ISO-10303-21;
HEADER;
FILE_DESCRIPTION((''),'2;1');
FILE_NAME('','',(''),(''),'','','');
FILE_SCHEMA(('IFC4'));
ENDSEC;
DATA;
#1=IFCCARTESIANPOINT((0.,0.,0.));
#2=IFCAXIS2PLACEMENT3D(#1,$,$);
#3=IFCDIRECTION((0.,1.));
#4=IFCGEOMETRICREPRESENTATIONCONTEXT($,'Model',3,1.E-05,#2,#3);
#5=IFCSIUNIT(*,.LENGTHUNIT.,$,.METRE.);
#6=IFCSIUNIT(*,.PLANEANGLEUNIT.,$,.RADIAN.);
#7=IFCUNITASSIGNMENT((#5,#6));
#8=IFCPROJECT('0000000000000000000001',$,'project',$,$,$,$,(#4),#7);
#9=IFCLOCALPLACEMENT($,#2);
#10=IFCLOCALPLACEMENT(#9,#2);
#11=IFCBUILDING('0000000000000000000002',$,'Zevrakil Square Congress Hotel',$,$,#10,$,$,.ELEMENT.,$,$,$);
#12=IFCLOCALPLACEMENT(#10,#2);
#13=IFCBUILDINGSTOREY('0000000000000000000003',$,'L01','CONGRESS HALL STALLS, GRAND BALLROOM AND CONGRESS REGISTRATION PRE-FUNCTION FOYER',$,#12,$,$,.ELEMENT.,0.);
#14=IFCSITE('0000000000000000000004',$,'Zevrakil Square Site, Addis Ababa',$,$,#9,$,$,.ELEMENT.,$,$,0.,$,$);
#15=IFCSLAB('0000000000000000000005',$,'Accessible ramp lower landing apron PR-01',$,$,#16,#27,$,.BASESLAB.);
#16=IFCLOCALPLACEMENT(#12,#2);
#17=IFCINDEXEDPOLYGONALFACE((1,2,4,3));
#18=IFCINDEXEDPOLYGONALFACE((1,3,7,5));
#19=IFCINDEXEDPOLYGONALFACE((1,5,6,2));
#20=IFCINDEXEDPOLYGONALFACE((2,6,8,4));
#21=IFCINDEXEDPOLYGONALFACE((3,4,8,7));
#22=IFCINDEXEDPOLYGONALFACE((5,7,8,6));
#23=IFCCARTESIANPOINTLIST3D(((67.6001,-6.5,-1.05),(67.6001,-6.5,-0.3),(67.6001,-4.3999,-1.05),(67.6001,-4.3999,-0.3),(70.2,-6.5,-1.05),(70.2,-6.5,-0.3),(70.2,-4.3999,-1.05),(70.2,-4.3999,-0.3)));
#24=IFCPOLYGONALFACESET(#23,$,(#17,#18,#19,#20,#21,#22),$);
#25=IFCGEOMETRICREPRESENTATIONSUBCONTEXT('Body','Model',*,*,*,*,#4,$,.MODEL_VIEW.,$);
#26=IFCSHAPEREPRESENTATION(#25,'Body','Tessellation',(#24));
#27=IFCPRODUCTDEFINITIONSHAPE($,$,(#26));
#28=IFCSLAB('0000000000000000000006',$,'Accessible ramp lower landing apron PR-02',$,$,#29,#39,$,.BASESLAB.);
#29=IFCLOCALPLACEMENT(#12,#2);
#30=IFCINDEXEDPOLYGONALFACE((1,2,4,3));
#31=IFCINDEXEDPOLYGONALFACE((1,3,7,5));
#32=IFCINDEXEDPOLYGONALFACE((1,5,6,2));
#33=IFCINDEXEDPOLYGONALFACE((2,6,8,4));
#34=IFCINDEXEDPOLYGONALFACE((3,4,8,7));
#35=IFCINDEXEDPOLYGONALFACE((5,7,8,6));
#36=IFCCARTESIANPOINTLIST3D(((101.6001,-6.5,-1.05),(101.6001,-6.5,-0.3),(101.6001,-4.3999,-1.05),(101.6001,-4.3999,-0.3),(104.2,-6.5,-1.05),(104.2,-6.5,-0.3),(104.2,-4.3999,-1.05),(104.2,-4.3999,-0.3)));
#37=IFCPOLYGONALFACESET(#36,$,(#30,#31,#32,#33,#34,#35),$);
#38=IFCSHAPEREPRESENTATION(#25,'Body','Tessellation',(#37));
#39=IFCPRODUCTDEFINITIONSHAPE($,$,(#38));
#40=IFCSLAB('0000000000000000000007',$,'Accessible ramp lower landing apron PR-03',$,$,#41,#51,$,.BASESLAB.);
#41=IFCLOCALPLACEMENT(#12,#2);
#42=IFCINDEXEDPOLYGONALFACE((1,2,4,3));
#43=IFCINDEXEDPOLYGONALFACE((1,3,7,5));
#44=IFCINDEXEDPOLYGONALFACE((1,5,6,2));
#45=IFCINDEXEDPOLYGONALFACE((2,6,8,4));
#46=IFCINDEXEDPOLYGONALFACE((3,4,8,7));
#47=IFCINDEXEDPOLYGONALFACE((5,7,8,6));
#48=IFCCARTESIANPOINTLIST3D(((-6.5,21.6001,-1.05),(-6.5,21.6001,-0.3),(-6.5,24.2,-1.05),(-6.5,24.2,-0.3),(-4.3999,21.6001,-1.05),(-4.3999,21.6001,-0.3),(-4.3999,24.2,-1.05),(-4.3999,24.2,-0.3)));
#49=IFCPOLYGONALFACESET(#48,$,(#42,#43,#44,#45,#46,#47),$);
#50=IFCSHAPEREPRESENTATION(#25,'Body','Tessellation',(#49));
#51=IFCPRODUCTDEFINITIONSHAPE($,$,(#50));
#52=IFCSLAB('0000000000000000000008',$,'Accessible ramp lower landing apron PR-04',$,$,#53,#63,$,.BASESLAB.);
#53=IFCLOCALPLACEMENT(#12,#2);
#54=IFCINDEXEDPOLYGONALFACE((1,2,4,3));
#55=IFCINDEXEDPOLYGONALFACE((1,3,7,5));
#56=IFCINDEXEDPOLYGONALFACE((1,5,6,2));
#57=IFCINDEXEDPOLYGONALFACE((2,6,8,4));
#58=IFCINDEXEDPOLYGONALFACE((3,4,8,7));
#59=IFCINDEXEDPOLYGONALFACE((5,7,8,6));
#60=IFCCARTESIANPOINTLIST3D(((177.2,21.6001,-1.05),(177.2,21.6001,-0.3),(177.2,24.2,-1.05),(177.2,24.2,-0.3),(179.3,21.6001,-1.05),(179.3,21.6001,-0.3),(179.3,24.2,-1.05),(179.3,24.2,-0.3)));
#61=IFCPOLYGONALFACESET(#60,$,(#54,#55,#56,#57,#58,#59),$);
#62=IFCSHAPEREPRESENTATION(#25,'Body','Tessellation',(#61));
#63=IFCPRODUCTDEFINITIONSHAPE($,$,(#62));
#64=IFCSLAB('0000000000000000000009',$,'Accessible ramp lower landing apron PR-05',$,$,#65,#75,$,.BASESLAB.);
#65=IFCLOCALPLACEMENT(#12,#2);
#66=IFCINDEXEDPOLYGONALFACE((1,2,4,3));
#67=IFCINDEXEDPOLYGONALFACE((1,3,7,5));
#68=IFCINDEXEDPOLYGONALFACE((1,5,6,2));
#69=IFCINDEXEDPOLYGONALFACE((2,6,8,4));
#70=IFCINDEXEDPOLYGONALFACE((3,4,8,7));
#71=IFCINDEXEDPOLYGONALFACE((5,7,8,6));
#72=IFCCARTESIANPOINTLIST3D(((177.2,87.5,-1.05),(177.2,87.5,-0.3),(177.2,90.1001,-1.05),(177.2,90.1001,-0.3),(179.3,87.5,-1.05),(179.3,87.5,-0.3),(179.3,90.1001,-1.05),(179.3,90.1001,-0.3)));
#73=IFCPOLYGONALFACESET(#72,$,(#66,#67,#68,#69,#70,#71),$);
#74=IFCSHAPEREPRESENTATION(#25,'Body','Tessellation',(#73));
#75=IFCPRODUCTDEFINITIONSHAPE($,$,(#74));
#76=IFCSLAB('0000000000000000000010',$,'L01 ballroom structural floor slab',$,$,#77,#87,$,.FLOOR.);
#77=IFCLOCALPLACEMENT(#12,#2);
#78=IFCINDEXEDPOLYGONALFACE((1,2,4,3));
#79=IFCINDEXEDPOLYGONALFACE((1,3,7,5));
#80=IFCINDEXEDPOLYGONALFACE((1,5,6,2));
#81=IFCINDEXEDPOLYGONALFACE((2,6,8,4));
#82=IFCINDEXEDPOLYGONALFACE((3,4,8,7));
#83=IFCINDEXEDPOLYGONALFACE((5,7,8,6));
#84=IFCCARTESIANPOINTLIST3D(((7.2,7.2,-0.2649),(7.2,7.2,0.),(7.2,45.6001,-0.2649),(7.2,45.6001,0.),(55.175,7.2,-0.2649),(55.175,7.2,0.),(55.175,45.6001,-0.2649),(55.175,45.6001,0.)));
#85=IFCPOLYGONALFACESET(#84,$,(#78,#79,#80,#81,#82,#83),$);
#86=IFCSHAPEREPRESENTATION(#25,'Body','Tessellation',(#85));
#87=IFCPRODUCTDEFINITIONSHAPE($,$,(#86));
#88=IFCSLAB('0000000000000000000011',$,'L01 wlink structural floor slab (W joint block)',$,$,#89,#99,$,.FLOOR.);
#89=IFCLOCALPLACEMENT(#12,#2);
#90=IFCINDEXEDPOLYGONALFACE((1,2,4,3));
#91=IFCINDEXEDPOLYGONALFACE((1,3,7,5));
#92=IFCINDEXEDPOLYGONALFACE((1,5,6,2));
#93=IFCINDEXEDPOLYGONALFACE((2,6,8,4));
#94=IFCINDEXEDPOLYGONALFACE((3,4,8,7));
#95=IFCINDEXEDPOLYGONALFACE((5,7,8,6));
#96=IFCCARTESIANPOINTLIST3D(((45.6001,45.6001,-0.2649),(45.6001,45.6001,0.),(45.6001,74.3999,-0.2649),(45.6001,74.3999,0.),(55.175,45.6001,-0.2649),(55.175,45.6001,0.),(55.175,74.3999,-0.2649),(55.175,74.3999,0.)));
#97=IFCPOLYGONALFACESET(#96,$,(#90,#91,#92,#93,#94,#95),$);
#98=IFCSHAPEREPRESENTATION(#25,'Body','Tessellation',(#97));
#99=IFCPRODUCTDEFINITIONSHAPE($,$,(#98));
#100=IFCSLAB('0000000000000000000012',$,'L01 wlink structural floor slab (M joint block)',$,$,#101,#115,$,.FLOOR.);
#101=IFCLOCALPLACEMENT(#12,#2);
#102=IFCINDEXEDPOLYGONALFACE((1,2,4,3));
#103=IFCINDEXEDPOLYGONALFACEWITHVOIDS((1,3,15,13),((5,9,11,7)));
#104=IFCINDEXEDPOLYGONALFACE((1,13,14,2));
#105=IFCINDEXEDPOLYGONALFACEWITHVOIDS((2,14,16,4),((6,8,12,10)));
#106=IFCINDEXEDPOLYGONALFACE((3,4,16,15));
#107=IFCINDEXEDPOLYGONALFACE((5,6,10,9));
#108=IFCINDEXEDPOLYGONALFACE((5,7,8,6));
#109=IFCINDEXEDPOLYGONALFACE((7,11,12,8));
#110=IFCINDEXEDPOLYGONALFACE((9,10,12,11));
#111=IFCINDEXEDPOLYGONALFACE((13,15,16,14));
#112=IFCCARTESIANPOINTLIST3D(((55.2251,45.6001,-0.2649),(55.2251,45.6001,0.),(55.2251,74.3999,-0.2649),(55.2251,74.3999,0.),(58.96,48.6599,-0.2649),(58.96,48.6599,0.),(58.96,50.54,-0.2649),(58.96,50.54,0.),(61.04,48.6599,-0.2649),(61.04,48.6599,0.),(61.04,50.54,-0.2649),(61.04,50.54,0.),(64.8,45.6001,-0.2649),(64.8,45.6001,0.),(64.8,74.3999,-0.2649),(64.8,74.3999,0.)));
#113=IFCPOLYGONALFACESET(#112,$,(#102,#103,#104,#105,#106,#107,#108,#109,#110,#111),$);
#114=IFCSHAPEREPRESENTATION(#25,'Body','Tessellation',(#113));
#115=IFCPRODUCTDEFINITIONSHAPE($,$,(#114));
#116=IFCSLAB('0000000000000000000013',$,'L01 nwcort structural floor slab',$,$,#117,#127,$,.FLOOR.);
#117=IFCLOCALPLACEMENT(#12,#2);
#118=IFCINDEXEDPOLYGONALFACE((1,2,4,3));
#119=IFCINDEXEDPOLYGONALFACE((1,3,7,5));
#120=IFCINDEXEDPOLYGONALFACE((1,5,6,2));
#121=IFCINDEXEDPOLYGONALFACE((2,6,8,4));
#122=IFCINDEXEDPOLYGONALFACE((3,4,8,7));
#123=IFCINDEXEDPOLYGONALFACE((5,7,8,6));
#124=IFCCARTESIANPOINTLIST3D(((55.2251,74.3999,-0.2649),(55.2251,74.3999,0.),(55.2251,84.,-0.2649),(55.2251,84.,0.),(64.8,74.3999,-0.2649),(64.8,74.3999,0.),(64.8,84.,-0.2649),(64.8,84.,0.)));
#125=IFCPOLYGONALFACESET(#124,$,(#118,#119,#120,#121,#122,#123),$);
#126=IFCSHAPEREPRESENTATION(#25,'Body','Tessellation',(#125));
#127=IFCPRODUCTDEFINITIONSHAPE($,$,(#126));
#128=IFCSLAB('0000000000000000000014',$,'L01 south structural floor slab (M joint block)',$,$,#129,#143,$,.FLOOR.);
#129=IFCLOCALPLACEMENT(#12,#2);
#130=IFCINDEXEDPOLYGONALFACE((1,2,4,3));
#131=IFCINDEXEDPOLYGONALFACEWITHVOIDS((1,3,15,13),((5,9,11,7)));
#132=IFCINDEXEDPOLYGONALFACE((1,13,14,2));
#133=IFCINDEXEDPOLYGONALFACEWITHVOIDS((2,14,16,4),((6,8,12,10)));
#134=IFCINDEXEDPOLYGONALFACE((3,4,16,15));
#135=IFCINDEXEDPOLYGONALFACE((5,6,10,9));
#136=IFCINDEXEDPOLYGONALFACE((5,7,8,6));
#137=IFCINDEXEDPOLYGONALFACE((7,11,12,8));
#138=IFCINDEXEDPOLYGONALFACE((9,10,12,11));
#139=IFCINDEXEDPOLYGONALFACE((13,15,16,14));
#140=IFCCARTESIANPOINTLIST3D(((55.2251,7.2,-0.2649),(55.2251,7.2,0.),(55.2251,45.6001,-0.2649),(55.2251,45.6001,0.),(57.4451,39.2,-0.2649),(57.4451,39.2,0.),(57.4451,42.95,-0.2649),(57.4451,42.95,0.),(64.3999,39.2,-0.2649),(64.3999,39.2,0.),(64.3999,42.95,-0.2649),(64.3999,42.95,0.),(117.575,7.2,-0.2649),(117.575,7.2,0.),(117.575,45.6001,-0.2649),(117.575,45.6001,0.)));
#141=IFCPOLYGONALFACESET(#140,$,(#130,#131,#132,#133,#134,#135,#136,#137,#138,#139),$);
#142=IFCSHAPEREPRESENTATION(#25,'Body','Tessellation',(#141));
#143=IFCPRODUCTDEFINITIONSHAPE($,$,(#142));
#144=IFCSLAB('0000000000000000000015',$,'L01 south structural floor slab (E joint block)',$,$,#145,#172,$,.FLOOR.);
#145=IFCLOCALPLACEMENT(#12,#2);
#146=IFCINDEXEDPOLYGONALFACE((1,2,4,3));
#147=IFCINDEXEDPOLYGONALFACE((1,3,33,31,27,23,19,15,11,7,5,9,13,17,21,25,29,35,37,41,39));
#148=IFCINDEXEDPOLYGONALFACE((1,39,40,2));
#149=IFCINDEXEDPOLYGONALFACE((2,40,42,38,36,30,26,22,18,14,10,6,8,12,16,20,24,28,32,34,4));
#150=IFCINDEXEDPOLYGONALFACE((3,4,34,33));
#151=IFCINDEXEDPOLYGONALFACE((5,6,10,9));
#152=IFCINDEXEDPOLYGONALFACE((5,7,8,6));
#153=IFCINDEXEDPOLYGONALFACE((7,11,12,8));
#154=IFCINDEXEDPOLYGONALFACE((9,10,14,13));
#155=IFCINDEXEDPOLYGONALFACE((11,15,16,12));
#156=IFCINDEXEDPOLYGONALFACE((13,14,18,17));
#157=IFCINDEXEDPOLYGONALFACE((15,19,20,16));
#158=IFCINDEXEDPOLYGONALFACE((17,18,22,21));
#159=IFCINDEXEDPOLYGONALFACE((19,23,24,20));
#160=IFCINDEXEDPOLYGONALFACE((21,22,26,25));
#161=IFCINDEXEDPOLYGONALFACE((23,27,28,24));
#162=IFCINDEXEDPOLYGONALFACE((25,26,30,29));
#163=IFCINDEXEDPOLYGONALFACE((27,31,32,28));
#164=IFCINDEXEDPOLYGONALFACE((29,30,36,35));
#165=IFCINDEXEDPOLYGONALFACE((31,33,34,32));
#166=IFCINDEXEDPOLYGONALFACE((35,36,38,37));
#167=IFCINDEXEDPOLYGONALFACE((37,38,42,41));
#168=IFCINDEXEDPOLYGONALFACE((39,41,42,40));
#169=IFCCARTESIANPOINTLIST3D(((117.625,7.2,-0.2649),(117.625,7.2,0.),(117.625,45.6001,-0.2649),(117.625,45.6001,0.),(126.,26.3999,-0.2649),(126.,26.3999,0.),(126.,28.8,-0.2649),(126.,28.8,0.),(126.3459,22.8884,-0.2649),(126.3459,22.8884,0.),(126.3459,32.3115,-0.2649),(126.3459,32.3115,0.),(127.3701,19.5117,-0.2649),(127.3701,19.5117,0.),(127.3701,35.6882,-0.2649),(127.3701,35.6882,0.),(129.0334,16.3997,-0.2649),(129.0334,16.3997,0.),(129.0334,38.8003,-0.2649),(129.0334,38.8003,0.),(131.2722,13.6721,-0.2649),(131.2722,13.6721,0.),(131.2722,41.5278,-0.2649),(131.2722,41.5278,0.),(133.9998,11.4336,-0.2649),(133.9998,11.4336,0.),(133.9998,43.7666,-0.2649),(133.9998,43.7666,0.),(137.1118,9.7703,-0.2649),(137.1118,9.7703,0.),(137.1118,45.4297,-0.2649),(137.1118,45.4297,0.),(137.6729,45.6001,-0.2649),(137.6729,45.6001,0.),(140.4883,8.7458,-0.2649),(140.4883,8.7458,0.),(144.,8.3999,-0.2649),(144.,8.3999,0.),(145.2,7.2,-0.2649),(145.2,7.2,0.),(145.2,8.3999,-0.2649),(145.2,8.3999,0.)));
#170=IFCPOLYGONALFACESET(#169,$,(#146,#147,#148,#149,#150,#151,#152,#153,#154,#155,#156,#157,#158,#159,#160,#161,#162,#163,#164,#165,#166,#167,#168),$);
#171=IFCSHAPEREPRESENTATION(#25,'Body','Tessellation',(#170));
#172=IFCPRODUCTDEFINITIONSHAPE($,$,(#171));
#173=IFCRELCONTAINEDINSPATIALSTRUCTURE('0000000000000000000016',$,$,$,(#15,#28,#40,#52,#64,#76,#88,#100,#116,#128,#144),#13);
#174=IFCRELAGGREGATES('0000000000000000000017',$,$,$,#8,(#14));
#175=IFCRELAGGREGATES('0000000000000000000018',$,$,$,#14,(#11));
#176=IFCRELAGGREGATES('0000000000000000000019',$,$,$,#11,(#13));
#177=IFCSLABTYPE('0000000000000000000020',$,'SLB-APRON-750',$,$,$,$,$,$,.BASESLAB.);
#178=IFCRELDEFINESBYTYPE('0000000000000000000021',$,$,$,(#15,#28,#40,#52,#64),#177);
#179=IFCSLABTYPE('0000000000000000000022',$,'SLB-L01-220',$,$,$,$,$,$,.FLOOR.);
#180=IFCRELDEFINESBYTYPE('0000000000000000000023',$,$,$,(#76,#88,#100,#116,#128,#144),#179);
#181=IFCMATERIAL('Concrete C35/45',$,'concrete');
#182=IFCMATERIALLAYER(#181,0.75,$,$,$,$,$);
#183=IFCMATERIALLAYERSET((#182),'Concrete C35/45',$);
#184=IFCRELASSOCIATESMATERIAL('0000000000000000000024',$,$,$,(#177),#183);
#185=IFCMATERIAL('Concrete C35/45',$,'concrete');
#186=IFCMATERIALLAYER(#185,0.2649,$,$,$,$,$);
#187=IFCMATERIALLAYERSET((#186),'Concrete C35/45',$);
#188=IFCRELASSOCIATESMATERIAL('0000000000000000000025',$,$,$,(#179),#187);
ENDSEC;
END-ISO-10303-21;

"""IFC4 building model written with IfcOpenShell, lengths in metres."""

from ifc_helpers import new_model, si_unit, direction, frame, origin, place, context, subcontext, project, spatial, polyline, outline, extrude, material, layer, layer_set, type_object, element, save


model = new_model("IFC4")

# Units and contexts
model_context = context("Model", 3, precision=1e-05, world=origin(), true_north=direction((0.0, 1.0)))
body_context = subcontext(model_context, "Body", "Model", "MODEL_VIEW")
ifc_project = project(units=[si_unit("LENGTHUNIT", "METRE"), si_unit("PLANEANGLEUNIT", "RADIAN")], contexts=[model_context])

# Site, building, storey
site_placement = place(None, origin())
site = spatial("IfcSite", under=ifc_project, at=site_placement, Name="Zevrakil Square Site, Addis Ababa", CompositionType="ELEMENT", RefElevation=0.0)
building_placement = place(site_placement, origin())
building = spatial("IfcBuilding", under=site, at=building_placement, Name="Zevrakil Square Congress Hotel", CompositionType="ELEMENT")
storey_placement = place(building_placement, origin())
storey = spatial("IfcBuildingStorey", under=building, at=storey_placement, Name="L01", Description="CONGRESS HALL STALLS, GRAND BALLROOM AND CONGRESS REGISTRATION PRE-FUNCTION FOYER", CompositionType="ELEMENT", Elevation=0.0)

# Slabs
ifc_material_1 = material(Name="Concrete C35/45", Category="concrete")
ifc_layer_1 = layer(ifc_material_1, 0.75)
ifc_layer_set_1 = layer_set([ifc_layer_1], Name="Concrete C35/45")
slab_type_1 = type_object("IfcSlabType", Name="SLB-APRON-750", PredefinedType="BASESLAB", material=ifc_layer_set_1)
slab_1_placement = place(storey_placement, frame((0.0, 0.0, -1.05)))
element("IfcSlab", 1, at=slab_1_placement, inside=storey, type_object=slab_type_1, Name="Accessible ramp lower landing apron PR-01", PredefinedType="BASESLAB", context=body_context, shape_type="SweptSolid", body=[
    extrude(outline(polyline([(67.6001, -6.5), (70.2, -6.5), (70.2, -4.3999), (67.6001, -4.3999), (67.6001, -6.5)])), origin(), (0.0, 0.0, 1.0), 0.75),
])
slab_2_placement = place(storey_placement, frame((0.0, 0.0, -1.05)))
element("IfcSlab", 2, at=slab_2_placement, inside=storey, type_object=slab_type_1, Name="Accessible ramp lower landing apron PR-02", PredefinedType="BASESLAB", context=body_context, shape_type="SweptSolid", body=[
    extrude(outline(polyline([(101.6001, -6.5), (104.2, -6.5), (104.2, -4.3999), (101.6001, -4.3999), (101.6001, -6.5)])), origin(), (0.0, 0.0, 1.0), 0.75),
])
slab_3_placement = place(storey_placement, frame((0.0, 0.0, -1.05)))
element("IfcSlab", 3, at=slab_3_placement, inside=storey, type_object=slab_type_1, Name="Accessible ramp lower landing apron PR-03", PredefinedType="BASESLAB", context=body_context, shape_type="SweptSolid", body=[
    extrude(outline(polyline([(-6.5, 21.6001), (-4.3999, 21.6001), (-4.3999, 24.2), (-6.5, 24.2), (-6.5, 21.6001)])), origin(), (0.0, 0.0, 1.0), 0.75),
])
slab_4_placement = place(storey_placement, frame((0.0, 0.0, -1.05)))
element("IfcSlab", 4, at=slab_4_placement, inside=storey, type_object=slab_type_1, Name="Accessible ramp lower landing apron PR-04", PredefinedType="BASESLAB", context=body_context, shape_type="SweptSolid", body=[
    extrude(outline(polyline([(177.2, 21.6001), (179.3, 21.6001), (179.3, 24.2), (177.2, 24.2), (177.2, 21.6001)])), origin(), (0.0, 0.0, 1.0), 0.75),
])
slab_5_placement = place(storey_placement, frame((0.0, 0.0, -1.05)))
element("IfcSlab", 5, at=slab_5_placement, inside=storey, type_object=slab_type_1, Name="Accessible ramp lower landing apron PR-05", PredefinedType="BASESLAB", context=body_context, shape_type="SweptSolid", body=[
    extrude(outline(polyline([(177.2, 87.5), (179.3, 87.5), (179.3, 90.1001), (177.2, 90.1001), (177.2, 87.5)])), origin(), (0.0, 0.0, 1.0), 0.75),
])
ifc_material_2 = material(Name="Concrete C35/45", Category="concrete")
ifc_layer_2 = layer(ifc_material_2, 0.2649)
ifc_layer_set_2 = layer_set([ifc_layer_2], Name="Concrete C35/45")
slab_type_2 = type_object("IfcSlabType", Name="SLB-L01-220", PredefinedType="FLOOR", material=ifc_layer_set_2)
slab_6_placement = place(storey_placement, frame((0.0, 0.0, -0.2649)))
element("IfcSlab", 6, at=slab_6_placement, inside=storey, type_object=slab_type_2, Name="L01 ballroom structural floor slab", PredefinedType="FLOOR", context=body_context, shape_type="SweptSolid", body=[
    extrude(outline(polyline([(7.2, 7.2), (7.2, 45.6001), (55.175, 45.6001), (55.175, 7.2), (7.2, 7.2)])), origin(), (0.0, 0.0, 1.0), 0.2649),
])
slab_7_placement = place(storey_placement, frame((0.0, 0.0, -0.2649)))
element("IfcSlab", 7, at=slab_7_placement, inside=storey, type_object=slab_type_2, Name="L01 wlink structural floor slab (W joint block)", PredefinedType="FLOOR", context=body_context, shape_type="SweptSolid", body=[
    extrude(outline(polyline([(45.6001, 45.6001), (45.6001, 74.3999), (55.175, 74.3999), (55.175, 45.6001), (45.6001, 45.6001)])), origin(), (0.0, 0.0, 1.0), 0.2649),
])
slab_8_placement = place(storey_placement, frame((0.0, 0.0, -0.2649)))
element("IfcSlab", 8, at=slab_8_placement, inside=storey, type_object=slab_type_2, Name="L01 wlink structural floor slab (M joint block)", PredefinedType="FLOOR", context=body_context, shape_type="SweptSolid", body=[
    extrude(outline(polyline([(64.8, 74.3999), (64.8, 45.6001), (55.2251, 45.6001), (55.2251, 74.3999), (64.8, 74.3999)]), holes=[polyline([(58.96, 48.6599), (61.04, 48.6599), (61.04, 50.54), (58.96, 50.54), (58.96, 48.6599)])]), origin(), (0.0, 0.0, 1.0), 0.2649),
])
slab_9_placement = place(storey_placement, frame((0.0, 0.0, -0.2649)))
element("IfcSlab", 9, at=slab_9_placement, inside=storey, type_object=slab_type_2, Name="L01 nwcort structural floor slab", PredefinedType="FLOOR", context=body_context, shape_type="SweptSolid", body=[
    extrude(outline(polyline([(64.8, 84.0), (64.8, 74.3999), (55.2251, 74.3999), (55.2251, 84.0), (64.8, 84.0)])), origin(), (0.0, 0.0, 1.0), 0.2649),
])
slab_10_placement = place(storey_placement, frame((0.0, 0.0, -0.2649)))
element("IfcSlab", 10, at=slab_10_placement, inside=storey, type_object=slab_type_2, Name="L01 south structural floor slab (M joint block)", PredefinedType="FLOOR", context=body_context, shape_type="SweptSolid", body=[
    extrude(outline(polyline([(55.2251, 7.2), (55.2251, 45.6001), (117.575, 45.6001), (117.575, 7.2), (55.2251, 7.2)]), holes=[polyline([(57.4451, 39.2), (64.3999, 39.2), (64.3999, 42.95), (57.4451, 42.95), (57.4451, 39.2)])]), origin(), (0.0, 0.0, 1.0), 0.2649),
])
slab_11_placement = place(storey_placement, frame((0.0, 0.0, -0.2649)))
element("IfcSlab", 11, at=slab_11_placement, inside=storey, type_object=slab_type_2, Name="L01 south structural floor slab (E joint block)", PredefinedType="FLOOR", context=body_context, shape_type="SweptSolid", body=[
    extrude(outline(polyline([(117.625, 7.2), (117.625, 45.6001), (137.6729, 45.6001), (137.1118, 45.4297), (133.9998, 43.7666), (131.2722, 41.5278), (129.0334, 38.8003), (127.3701, 35.6882), (126.3459, 32.3115), (126.0, 28.8), (126.0, 26.3999), (126.3459, 22.8884), (127.3701, 19.5117), (129.0334, 16.3997), (131.2722, 13.6721), (133.9998, 11.4336), (137.1118, 9.7703), (140.4883, 8.7458), (144.0, 8.3999), (145.2, 8.3999), (145.2, 7.2), (117.625, 7.2)])), origin(), (0.0, 0.0, 1.0), 0.2649),
])

save(model, "model.ifc")
